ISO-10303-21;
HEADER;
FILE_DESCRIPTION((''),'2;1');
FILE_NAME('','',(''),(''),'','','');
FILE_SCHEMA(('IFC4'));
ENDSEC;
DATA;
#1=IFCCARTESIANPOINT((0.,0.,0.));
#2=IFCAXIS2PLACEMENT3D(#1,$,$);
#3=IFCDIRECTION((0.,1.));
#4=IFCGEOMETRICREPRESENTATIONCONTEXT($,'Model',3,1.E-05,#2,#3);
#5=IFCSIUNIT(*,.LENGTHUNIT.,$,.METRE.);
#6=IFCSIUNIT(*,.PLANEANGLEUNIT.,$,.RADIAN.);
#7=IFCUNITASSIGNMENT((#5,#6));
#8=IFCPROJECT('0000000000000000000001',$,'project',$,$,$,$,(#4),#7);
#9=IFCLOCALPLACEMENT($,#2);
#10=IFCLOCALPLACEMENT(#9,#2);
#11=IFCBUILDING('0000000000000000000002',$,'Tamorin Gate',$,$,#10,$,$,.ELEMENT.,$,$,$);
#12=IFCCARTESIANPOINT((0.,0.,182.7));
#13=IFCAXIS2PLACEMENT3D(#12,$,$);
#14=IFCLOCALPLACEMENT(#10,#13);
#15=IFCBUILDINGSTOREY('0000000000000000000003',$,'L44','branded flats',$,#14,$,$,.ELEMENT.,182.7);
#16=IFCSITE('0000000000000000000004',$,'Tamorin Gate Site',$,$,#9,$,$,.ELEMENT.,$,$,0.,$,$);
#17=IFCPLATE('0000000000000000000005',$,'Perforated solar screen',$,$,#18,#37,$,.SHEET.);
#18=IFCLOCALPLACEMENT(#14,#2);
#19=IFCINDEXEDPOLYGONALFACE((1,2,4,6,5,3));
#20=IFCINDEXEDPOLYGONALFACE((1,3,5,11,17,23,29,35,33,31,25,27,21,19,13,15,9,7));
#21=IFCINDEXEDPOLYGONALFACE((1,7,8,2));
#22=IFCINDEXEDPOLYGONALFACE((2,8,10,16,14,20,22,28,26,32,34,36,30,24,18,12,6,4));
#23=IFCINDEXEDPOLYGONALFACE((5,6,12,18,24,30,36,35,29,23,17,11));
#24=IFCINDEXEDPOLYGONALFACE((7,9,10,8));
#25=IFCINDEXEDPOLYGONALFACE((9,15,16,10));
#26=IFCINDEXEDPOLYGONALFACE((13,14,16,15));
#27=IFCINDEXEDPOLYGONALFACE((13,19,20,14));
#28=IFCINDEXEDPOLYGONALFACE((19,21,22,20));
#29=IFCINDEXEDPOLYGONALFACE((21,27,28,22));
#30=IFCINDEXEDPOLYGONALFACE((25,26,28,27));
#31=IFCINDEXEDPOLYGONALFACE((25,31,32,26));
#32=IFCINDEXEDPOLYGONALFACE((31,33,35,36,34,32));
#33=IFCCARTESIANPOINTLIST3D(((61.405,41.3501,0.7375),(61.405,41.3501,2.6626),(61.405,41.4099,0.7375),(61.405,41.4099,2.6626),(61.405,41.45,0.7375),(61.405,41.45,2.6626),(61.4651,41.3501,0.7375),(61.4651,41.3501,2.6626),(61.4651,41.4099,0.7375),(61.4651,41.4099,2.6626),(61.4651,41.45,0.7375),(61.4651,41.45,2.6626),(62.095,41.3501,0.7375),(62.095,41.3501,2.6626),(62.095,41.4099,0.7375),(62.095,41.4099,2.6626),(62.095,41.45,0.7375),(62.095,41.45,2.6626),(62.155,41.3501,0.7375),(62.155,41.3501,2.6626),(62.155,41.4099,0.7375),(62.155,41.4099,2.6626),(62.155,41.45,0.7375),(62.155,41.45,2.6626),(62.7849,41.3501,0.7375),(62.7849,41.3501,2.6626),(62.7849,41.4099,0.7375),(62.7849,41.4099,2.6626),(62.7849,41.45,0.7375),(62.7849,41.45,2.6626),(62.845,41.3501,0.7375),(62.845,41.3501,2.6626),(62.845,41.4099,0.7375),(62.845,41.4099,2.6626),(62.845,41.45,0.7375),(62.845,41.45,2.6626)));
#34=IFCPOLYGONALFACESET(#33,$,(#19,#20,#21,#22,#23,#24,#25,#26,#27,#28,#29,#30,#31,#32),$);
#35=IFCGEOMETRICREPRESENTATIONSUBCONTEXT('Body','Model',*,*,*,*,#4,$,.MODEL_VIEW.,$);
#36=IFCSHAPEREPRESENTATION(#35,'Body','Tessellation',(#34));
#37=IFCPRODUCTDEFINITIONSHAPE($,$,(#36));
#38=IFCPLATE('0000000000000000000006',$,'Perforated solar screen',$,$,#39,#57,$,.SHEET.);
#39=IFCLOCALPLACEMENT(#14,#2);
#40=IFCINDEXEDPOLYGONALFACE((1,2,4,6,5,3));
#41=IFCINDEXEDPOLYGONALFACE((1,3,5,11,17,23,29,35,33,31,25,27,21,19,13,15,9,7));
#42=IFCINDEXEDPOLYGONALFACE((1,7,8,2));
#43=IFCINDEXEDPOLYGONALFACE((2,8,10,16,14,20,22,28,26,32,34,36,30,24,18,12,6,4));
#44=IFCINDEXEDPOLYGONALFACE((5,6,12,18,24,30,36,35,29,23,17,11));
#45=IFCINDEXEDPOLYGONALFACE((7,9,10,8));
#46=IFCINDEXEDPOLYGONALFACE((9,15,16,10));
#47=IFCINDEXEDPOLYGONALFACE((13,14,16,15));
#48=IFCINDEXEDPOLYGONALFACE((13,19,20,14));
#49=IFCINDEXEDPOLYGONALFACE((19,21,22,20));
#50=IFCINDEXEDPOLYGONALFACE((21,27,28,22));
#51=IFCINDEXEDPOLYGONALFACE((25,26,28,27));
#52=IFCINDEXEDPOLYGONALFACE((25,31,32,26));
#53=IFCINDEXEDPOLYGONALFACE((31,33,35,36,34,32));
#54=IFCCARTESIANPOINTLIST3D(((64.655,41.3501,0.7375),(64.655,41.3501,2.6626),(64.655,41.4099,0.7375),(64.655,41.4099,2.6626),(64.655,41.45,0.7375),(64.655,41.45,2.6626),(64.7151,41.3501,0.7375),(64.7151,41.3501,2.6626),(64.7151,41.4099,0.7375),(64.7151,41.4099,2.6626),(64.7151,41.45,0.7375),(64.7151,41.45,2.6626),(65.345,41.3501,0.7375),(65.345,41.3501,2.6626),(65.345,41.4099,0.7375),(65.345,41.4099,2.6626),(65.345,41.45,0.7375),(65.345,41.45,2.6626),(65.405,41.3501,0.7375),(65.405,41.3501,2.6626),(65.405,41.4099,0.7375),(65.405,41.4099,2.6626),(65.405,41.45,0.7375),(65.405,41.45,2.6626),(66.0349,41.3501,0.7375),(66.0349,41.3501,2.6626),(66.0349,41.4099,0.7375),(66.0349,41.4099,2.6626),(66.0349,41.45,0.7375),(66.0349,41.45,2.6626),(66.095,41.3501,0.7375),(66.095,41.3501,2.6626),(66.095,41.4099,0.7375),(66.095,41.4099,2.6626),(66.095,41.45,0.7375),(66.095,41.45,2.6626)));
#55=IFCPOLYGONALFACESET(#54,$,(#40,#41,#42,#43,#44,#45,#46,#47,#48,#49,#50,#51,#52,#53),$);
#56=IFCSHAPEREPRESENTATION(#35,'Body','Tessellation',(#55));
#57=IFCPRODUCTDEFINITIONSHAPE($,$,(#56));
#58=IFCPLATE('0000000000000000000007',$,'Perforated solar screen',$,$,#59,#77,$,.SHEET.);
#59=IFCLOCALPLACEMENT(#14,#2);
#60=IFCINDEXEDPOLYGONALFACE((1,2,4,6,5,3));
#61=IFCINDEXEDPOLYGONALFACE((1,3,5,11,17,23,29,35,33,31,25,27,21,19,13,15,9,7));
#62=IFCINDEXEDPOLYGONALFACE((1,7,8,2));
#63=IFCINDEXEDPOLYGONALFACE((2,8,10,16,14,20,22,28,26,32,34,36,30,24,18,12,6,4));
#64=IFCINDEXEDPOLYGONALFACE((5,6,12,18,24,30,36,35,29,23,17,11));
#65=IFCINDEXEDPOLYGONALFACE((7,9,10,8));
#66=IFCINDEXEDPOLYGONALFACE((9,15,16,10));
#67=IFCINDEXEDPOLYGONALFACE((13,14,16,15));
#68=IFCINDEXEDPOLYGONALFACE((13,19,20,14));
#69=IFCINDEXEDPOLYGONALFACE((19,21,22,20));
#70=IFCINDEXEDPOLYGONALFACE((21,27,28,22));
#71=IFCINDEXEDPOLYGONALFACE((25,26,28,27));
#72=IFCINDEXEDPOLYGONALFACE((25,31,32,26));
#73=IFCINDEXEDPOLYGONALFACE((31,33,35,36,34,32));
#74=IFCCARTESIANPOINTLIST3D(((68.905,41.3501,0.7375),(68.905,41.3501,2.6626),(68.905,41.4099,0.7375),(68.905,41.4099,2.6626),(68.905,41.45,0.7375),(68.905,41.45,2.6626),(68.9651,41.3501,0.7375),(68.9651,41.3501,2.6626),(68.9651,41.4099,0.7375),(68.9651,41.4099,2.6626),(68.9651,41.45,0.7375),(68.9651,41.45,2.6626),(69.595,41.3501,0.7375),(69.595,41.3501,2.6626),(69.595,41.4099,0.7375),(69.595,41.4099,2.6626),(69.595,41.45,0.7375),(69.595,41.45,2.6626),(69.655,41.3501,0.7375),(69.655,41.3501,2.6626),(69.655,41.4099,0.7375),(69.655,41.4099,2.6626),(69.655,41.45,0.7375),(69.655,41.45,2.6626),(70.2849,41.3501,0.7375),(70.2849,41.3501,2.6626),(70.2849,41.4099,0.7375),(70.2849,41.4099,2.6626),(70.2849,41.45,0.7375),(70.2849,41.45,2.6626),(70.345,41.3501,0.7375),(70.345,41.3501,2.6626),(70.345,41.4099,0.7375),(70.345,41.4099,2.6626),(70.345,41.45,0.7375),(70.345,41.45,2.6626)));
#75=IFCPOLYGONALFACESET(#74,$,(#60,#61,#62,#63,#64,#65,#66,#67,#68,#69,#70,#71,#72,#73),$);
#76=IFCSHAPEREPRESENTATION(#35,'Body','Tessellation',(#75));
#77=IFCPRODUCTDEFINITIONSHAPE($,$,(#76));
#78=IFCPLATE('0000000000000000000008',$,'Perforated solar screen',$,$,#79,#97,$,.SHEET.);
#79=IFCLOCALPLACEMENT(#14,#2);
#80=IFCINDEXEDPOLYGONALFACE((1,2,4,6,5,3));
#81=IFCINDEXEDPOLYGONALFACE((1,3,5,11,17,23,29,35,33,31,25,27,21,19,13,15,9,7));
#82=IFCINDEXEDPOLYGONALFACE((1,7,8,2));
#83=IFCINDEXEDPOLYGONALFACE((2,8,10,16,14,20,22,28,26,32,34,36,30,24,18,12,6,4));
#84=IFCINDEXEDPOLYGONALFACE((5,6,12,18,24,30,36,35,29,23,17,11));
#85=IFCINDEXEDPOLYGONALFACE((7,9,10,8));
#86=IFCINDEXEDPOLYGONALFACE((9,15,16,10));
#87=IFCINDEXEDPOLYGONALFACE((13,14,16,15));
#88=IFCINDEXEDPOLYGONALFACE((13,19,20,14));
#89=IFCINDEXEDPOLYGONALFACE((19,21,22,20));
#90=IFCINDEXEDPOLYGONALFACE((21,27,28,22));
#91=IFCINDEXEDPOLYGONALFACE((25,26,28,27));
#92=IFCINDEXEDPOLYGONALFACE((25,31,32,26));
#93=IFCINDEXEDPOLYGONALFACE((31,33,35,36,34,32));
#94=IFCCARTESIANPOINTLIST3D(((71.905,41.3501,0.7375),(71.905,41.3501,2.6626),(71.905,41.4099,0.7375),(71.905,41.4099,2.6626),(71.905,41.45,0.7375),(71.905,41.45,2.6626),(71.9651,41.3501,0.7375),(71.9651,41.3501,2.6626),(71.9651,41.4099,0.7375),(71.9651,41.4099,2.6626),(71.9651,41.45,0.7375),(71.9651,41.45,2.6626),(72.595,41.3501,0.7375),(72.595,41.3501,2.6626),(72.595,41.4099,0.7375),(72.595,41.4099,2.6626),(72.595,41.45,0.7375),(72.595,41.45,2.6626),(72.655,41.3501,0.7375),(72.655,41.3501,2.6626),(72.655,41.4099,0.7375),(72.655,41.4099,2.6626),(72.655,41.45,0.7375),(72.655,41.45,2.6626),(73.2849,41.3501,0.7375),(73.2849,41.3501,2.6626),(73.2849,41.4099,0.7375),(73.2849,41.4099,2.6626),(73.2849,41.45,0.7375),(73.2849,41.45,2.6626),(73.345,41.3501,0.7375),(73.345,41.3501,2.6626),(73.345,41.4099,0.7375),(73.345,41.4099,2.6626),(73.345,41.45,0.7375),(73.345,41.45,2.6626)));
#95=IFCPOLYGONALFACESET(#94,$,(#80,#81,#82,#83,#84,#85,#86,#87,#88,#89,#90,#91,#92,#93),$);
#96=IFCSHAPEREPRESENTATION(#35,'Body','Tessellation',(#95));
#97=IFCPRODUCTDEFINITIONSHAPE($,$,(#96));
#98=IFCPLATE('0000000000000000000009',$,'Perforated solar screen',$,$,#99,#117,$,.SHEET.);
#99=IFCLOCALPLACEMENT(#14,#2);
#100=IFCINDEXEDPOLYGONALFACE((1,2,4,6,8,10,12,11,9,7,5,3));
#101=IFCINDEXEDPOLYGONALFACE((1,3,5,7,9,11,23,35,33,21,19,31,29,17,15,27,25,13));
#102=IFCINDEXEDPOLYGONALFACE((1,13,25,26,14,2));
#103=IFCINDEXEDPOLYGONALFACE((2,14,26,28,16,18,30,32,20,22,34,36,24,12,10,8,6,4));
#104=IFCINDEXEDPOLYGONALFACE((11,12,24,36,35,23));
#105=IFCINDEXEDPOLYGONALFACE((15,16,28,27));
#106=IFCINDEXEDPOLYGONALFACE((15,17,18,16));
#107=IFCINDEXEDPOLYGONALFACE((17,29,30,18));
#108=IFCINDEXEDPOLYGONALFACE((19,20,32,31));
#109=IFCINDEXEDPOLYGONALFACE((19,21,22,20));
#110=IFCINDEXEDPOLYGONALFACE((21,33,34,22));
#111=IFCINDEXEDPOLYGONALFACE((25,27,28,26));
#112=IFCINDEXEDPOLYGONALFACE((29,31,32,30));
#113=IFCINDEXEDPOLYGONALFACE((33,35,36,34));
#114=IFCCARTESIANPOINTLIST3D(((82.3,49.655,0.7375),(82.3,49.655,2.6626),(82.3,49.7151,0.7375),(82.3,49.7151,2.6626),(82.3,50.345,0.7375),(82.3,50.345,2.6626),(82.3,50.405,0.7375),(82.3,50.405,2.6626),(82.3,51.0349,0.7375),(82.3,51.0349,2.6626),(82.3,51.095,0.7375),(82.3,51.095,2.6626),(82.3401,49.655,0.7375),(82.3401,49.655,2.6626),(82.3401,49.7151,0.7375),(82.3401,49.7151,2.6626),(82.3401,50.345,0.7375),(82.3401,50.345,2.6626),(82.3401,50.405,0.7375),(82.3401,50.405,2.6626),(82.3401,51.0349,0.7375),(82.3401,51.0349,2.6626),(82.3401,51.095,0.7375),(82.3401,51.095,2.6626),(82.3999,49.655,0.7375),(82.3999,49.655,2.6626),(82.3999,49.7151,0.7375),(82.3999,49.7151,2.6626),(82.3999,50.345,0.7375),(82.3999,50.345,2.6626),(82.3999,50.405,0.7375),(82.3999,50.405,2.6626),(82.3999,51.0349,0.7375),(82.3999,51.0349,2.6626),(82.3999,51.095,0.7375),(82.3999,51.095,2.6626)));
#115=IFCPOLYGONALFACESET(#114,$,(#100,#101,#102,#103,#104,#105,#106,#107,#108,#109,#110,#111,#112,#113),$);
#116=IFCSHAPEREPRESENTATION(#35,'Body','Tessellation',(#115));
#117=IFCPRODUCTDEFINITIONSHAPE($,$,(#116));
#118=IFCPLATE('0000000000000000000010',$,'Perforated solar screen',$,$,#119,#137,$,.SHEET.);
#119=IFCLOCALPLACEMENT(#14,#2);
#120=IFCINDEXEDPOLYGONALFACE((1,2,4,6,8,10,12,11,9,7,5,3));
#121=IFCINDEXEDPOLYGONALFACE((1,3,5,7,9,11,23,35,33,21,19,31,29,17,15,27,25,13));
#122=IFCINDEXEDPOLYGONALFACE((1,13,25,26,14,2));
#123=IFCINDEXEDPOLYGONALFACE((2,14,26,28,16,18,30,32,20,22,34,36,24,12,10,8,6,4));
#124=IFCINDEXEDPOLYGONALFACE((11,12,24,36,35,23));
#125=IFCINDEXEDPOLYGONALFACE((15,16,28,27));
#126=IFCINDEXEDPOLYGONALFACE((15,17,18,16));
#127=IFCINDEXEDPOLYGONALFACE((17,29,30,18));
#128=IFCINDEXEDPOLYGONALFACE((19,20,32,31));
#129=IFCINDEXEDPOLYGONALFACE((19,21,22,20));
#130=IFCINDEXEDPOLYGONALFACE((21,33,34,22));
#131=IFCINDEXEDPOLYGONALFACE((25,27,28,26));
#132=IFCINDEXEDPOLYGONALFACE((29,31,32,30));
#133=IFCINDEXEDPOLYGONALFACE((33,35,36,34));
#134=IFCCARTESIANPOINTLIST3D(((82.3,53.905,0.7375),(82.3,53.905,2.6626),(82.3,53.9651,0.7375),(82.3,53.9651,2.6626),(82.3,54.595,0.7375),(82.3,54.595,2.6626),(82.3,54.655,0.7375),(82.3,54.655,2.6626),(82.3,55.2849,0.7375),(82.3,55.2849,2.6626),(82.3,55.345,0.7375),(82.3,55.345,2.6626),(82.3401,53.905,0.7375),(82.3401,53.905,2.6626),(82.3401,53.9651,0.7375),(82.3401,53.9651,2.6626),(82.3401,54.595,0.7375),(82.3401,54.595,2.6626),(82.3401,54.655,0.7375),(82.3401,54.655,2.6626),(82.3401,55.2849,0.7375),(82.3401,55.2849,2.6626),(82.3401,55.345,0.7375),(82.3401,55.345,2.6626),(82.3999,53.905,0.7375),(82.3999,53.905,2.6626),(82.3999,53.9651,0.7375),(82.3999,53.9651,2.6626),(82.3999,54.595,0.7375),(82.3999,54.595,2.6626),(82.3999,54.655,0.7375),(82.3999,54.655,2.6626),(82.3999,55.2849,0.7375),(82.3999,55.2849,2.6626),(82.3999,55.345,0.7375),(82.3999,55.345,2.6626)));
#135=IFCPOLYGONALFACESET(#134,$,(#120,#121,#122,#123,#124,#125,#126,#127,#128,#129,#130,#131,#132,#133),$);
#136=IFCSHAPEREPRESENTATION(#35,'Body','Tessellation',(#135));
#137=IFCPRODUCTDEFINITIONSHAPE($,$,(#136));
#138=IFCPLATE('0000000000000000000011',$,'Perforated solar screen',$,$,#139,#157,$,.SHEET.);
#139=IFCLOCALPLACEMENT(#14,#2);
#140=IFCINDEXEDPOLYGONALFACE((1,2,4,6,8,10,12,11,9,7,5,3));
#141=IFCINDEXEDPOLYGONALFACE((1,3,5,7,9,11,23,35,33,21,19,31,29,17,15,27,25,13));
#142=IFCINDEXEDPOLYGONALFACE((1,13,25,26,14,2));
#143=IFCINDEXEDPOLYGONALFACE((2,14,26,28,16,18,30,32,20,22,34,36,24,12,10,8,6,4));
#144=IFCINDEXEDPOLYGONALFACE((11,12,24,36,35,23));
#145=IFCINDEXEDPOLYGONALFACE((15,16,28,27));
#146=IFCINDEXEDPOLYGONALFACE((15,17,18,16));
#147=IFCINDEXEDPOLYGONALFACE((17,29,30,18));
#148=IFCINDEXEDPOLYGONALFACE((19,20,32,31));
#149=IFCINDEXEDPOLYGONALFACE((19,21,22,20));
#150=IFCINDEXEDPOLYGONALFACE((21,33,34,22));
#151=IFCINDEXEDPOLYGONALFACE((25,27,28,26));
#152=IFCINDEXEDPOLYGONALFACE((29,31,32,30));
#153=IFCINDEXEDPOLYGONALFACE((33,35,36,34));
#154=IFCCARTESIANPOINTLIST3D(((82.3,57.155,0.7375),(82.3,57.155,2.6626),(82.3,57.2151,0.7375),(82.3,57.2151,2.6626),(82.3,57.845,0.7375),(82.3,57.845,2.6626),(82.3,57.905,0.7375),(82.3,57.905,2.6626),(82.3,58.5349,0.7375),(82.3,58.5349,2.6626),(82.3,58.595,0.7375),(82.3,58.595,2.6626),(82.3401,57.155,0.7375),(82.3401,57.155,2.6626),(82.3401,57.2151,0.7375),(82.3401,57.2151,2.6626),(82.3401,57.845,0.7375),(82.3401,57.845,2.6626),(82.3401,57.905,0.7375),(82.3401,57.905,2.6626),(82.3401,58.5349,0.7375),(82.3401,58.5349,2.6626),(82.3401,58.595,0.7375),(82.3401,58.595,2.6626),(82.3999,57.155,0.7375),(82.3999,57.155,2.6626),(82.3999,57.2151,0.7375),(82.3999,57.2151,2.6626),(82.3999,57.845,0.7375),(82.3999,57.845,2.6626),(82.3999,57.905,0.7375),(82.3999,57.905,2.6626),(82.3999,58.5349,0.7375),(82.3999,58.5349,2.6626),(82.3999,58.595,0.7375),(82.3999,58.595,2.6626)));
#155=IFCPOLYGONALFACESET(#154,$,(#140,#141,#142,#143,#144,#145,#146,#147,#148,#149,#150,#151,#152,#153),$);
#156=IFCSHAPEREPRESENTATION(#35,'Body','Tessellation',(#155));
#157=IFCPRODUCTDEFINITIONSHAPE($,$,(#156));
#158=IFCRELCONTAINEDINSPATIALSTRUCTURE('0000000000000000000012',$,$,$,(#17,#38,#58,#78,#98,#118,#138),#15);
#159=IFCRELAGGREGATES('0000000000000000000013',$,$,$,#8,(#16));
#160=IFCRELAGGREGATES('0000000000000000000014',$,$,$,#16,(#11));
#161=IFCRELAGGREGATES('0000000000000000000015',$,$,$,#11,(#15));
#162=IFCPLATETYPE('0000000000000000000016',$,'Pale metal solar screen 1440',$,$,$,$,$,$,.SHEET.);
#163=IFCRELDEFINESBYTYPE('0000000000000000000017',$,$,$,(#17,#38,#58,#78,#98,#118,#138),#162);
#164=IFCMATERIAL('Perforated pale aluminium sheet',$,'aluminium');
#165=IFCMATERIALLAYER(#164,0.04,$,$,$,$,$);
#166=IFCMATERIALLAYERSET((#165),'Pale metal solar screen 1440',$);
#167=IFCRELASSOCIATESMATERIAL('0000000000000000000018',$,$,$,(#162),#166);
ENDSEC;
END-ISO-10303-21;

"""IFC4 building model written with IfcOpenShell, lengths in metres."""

from ifc_helpers import new_model, si_unit, direction, frame, origin, place, context, subcontext, project, spatial, polyline, outline, extrude, material, layer, layer_set, type_object, element, save


model = new_model("IFC4")

# Units and contexts
model_context = context("Model", 3, precision=1e-05, world=origin(), true_north=direction((0.0, 1.0)))
body_context = subcontext(model_context, "Body", "Model", "MODEL_VIEW")
ifc_project = project(units=[si_unit("LENGTHUNIT", "METRE"), si_unit("PLANEANGLEUNIT", "RADIAN")], contexts=[model_context])

# Site, building, storey
site_placement = place(None, origin())
site = spatial("IfcSite", under=ifc_project, at=site_placement, Name="Tamorin Gate Site", CompositionType="ELEMENT", RefElevation=0.0)
building_placement = place(site_placement, origin())
building = spatial("IfcBuilding", under=site, at=building_placement, Name="Tamorin Gate", CompositionType="ELEMENT")
storey_placement = place(building_placement, frame((0.0, 0.0, 182.7)))
storey = spatial("IfcBuildingStorey", under=building, at=storey_placement, Name="L44", Description="branded flats", CompositionType="ELEMENT", Elevation=182.7)

# Plates
ifc_material_1 = material(Name="Perforated pale aluminium sheet", Category="aluminium")
ifc_layer_1 = layer(ifc_material_1, 0.04)
ifc_layer_set_1 = layer_set([ifc_layer_1], Name="Pale metal solar screen 1440")
plate_type_1 = type_object("IfcPlateType", Name="Pale metal solar screen 1440", PredefinedType="SHEET", material=ifc_layer_set_1)
plate_1_placement = place(storey_placement, frame((0.0, 0.0, 0.7375)))
element("IfcPlate", 1, at=plate_1_placement, inside=storey, type_object=plate_type_1, Name="Perforated solar screen", PredefinedType="SHEET", context=body_context, shape_type="SweptSolid", body=[
    extrude(outline(polyline([(61.405, 41.4099), (61.405, 41.45), (61.4651, 41.45), (62.095, 41.45), (62.155, 41.45), (62.7849, 41.45), (62.845, 41.45), (62.845, 41.4099), (62.845, 41.3501), (62.7849, 41.3501), (62.7849, 41.4099), (62.155, 41.4099), (62.155, 41.3501), (62.095, 41.3501), (62.095, 41.4099), (61.4651, 41.4099), (61.4651, 41.3501), (61.405, 41.3501), (61.405, 41.4099)])), origin(), (0.0, 0.0, 1.0), 1.925),
])
plate_2_placement = place(storey_placement, frame((0.0, 0.0, 0.7375)))
element("IfcPlate", 2, at=plate_2_placement, inside=storey, type_object=plate_type_1, Name="Perforated solar screen", PredefinedType="SHEET", context=body_context, shape_type="SweptSolid", body=[
    extrude(outline(polyline([(64.655, 41.4099), (64.655, 41.45), (64.7151, 41.45), (65.345, 41.45), (65.405, 41.45), (66.0349, 41.45), (66.095, 41.45), (66.095, 41.4099), (66.095, 41.3501), (66.0349, 41.3501), (66.0349, 41.4099), (65.405, 41.4099), (65.405, 41.3501), (65.345, 41.3501), (65.345, 41.4099), (64.7151, 41.4099), (64.7151, 41.3501), (64.655, 41.3501), (64.655, 41.4099)])), origin(), (0.0, 0.0, 1.0), 1.925),
])
plate_3_placement = place(storey_placement, frame((0.0, 0.0, 0.7375)))
element("IfcPlate", 3, at=plate_3_placement, inside=storey, type_object=plate_type_1, Name="Perforated solar screen", PredefinedType="SHEET", context=body_context, shape_type="SweptSolid", body=[
    extrude(outline(polyline([(68.905, 41.4099), (68.905, 41.45), (68.9651, 41.45), (69.595, 41.45), (69.655, 41.45), (70.2849, 41.45), (70.345, 41.45), (70.345, 41.4099), (70.345, 41.3501), (70.2849, 41.3501), (70.2849, 41.4099), (69.655, 41.4099), (69.655, 41.3501), (69.595, 41.3501), (69.595, 41.4099), (68.9651, 41.4099), (68.9651, 41.3501), (68.905, 41.3501), (68.905, 41.4099)])), origin(), (0.0, 0.0, 1.0), 1.925),
])
plate_4_placement = place(storey_placement, frame((0.0, 0.0, 0.7375)))
element("IfcPlate", 4, at=plate_4_placement, inside=storey, type_object=plate_type_1, Name="Perforated solar screen", PredefinedType="SHEET", context=body_context, shape_type="SweptSolid", body=[
    extrude(outline(polyline([(71.905, 41.4099), (71.905, 41.45), (71.9651, 41.45), (72.595, 41.45), (72.655, 41.45), (73.2849, 41.45), (73.345, 41.45), (73.345, 41.4099), (73.345, 41.3501), (73.2849, 41.3501), (73.2849, 41.4099), (72.655, 41.4099), (72.655, 41.3501), (72.595, 41.3501), (72.595, 41.4099), (71.9651, 41.4099), (71.9651, 41.3501), (71.905, 41.3501), (71.905, 41.4099)])), origin(), (0.0, 0.0, 1.0), 1.925),
])
plate_5_placement = place(storey_placement, frame((0.0, 0.0, 0.7375)))
element("IfcPlate", 5, at=plate_5_placement, inside=storey, type_object=plate_type_1, Name="Perforated solar screen", PredefinedType="SHEET", context=body_context, shape_type="SweptSolid", body=[
    extrude(outline(polyline([(82.3401, 49.655), (82.3, 49.655), (82.3, 49.7151), (82.3, 50.345), (82.3, 50.405), (82.3, 51.0349), (82.3, 51.095), (82.3, 51.095), (82.3401, 51.095), (82.3401, 51.095), (82.3999, 51.095), (82.3999, 51.0349), (82.3401, 51.0349), (82.3401, 50.405), (82.3999, 50.405), (82.3999, 50.345), (82.3401, 50.345), (82.3401, 49.7151), (82.3999, 49.7151), (82.3999, 49.655), (82.3401, 49.655)])), origin(), (0.0, 0.0, 1.0), 1.925),
])
plate_6_placement = place(storey_placement, frame((0.0, 0.0, 0.7375)))
element("IfcPlate", 6, at=plate_6_placement, inside=storey, type_object=plate_type_1, Name="Perforated solar screen", PredefinedType="SHEET", context=body_context, shape_type="SweptSolid", body=[
    extrude(outline(polyline([(82.3401, 53.905), (82.3, 53.905), (82.3, 53.9651), (82.3, 54.595), (82.3, 54.655), (82.3, 55.2849), (82.3, 55.345), (82.3401, 55.345), (82.3999, 55.345), (82.3999, 55.2849), (82.3401, 55.2849), (82.3401, 54.655), (82.3999, 54.655), (82.3999, 54.595), (82.3401, 54.595), (82.3401, 53.9651), (82.3999, 53.9651), (82.3999, 53.905), (82.3401, 53.905)])), origin(), (0.0, 0.0, 1.0), 1.925),
])
plate_7_placement = place(storey_placement, frame((0.0, 0.0, 0.7375)))
element("IfcPlate", 7, at=plate_7_placement, inside=storey, type_object=plate_type_1, Name="Perforated solar screen", PredefinedType="SHEET", context=body_context, shape_type="SweptSolid", body=[
    extrude(outline(polyline([(82.3401, 57.155), (82.3, 57.155), (82.3, 57.2151), (82.3, 57.845), (82.3, 57.905), (82.3, 58.5349), (82.3, 58.595), (82.3401, 58.595), (82.3999, 58.595), (82.3999, 58.5349), (82.3401, 58.5349), (82.3401, 57.905), (82.3999, 57.905), (82.3999, 57.845), (82.3401, 57.845), (82.3401, 57.2151), (82.3999, 57.2151), (82.3999, 57.155), (82.3401, 57.155)])), origin(), (0.0, 0.0, 1.0), 1.925),
])

save(model, "model.ifc")
